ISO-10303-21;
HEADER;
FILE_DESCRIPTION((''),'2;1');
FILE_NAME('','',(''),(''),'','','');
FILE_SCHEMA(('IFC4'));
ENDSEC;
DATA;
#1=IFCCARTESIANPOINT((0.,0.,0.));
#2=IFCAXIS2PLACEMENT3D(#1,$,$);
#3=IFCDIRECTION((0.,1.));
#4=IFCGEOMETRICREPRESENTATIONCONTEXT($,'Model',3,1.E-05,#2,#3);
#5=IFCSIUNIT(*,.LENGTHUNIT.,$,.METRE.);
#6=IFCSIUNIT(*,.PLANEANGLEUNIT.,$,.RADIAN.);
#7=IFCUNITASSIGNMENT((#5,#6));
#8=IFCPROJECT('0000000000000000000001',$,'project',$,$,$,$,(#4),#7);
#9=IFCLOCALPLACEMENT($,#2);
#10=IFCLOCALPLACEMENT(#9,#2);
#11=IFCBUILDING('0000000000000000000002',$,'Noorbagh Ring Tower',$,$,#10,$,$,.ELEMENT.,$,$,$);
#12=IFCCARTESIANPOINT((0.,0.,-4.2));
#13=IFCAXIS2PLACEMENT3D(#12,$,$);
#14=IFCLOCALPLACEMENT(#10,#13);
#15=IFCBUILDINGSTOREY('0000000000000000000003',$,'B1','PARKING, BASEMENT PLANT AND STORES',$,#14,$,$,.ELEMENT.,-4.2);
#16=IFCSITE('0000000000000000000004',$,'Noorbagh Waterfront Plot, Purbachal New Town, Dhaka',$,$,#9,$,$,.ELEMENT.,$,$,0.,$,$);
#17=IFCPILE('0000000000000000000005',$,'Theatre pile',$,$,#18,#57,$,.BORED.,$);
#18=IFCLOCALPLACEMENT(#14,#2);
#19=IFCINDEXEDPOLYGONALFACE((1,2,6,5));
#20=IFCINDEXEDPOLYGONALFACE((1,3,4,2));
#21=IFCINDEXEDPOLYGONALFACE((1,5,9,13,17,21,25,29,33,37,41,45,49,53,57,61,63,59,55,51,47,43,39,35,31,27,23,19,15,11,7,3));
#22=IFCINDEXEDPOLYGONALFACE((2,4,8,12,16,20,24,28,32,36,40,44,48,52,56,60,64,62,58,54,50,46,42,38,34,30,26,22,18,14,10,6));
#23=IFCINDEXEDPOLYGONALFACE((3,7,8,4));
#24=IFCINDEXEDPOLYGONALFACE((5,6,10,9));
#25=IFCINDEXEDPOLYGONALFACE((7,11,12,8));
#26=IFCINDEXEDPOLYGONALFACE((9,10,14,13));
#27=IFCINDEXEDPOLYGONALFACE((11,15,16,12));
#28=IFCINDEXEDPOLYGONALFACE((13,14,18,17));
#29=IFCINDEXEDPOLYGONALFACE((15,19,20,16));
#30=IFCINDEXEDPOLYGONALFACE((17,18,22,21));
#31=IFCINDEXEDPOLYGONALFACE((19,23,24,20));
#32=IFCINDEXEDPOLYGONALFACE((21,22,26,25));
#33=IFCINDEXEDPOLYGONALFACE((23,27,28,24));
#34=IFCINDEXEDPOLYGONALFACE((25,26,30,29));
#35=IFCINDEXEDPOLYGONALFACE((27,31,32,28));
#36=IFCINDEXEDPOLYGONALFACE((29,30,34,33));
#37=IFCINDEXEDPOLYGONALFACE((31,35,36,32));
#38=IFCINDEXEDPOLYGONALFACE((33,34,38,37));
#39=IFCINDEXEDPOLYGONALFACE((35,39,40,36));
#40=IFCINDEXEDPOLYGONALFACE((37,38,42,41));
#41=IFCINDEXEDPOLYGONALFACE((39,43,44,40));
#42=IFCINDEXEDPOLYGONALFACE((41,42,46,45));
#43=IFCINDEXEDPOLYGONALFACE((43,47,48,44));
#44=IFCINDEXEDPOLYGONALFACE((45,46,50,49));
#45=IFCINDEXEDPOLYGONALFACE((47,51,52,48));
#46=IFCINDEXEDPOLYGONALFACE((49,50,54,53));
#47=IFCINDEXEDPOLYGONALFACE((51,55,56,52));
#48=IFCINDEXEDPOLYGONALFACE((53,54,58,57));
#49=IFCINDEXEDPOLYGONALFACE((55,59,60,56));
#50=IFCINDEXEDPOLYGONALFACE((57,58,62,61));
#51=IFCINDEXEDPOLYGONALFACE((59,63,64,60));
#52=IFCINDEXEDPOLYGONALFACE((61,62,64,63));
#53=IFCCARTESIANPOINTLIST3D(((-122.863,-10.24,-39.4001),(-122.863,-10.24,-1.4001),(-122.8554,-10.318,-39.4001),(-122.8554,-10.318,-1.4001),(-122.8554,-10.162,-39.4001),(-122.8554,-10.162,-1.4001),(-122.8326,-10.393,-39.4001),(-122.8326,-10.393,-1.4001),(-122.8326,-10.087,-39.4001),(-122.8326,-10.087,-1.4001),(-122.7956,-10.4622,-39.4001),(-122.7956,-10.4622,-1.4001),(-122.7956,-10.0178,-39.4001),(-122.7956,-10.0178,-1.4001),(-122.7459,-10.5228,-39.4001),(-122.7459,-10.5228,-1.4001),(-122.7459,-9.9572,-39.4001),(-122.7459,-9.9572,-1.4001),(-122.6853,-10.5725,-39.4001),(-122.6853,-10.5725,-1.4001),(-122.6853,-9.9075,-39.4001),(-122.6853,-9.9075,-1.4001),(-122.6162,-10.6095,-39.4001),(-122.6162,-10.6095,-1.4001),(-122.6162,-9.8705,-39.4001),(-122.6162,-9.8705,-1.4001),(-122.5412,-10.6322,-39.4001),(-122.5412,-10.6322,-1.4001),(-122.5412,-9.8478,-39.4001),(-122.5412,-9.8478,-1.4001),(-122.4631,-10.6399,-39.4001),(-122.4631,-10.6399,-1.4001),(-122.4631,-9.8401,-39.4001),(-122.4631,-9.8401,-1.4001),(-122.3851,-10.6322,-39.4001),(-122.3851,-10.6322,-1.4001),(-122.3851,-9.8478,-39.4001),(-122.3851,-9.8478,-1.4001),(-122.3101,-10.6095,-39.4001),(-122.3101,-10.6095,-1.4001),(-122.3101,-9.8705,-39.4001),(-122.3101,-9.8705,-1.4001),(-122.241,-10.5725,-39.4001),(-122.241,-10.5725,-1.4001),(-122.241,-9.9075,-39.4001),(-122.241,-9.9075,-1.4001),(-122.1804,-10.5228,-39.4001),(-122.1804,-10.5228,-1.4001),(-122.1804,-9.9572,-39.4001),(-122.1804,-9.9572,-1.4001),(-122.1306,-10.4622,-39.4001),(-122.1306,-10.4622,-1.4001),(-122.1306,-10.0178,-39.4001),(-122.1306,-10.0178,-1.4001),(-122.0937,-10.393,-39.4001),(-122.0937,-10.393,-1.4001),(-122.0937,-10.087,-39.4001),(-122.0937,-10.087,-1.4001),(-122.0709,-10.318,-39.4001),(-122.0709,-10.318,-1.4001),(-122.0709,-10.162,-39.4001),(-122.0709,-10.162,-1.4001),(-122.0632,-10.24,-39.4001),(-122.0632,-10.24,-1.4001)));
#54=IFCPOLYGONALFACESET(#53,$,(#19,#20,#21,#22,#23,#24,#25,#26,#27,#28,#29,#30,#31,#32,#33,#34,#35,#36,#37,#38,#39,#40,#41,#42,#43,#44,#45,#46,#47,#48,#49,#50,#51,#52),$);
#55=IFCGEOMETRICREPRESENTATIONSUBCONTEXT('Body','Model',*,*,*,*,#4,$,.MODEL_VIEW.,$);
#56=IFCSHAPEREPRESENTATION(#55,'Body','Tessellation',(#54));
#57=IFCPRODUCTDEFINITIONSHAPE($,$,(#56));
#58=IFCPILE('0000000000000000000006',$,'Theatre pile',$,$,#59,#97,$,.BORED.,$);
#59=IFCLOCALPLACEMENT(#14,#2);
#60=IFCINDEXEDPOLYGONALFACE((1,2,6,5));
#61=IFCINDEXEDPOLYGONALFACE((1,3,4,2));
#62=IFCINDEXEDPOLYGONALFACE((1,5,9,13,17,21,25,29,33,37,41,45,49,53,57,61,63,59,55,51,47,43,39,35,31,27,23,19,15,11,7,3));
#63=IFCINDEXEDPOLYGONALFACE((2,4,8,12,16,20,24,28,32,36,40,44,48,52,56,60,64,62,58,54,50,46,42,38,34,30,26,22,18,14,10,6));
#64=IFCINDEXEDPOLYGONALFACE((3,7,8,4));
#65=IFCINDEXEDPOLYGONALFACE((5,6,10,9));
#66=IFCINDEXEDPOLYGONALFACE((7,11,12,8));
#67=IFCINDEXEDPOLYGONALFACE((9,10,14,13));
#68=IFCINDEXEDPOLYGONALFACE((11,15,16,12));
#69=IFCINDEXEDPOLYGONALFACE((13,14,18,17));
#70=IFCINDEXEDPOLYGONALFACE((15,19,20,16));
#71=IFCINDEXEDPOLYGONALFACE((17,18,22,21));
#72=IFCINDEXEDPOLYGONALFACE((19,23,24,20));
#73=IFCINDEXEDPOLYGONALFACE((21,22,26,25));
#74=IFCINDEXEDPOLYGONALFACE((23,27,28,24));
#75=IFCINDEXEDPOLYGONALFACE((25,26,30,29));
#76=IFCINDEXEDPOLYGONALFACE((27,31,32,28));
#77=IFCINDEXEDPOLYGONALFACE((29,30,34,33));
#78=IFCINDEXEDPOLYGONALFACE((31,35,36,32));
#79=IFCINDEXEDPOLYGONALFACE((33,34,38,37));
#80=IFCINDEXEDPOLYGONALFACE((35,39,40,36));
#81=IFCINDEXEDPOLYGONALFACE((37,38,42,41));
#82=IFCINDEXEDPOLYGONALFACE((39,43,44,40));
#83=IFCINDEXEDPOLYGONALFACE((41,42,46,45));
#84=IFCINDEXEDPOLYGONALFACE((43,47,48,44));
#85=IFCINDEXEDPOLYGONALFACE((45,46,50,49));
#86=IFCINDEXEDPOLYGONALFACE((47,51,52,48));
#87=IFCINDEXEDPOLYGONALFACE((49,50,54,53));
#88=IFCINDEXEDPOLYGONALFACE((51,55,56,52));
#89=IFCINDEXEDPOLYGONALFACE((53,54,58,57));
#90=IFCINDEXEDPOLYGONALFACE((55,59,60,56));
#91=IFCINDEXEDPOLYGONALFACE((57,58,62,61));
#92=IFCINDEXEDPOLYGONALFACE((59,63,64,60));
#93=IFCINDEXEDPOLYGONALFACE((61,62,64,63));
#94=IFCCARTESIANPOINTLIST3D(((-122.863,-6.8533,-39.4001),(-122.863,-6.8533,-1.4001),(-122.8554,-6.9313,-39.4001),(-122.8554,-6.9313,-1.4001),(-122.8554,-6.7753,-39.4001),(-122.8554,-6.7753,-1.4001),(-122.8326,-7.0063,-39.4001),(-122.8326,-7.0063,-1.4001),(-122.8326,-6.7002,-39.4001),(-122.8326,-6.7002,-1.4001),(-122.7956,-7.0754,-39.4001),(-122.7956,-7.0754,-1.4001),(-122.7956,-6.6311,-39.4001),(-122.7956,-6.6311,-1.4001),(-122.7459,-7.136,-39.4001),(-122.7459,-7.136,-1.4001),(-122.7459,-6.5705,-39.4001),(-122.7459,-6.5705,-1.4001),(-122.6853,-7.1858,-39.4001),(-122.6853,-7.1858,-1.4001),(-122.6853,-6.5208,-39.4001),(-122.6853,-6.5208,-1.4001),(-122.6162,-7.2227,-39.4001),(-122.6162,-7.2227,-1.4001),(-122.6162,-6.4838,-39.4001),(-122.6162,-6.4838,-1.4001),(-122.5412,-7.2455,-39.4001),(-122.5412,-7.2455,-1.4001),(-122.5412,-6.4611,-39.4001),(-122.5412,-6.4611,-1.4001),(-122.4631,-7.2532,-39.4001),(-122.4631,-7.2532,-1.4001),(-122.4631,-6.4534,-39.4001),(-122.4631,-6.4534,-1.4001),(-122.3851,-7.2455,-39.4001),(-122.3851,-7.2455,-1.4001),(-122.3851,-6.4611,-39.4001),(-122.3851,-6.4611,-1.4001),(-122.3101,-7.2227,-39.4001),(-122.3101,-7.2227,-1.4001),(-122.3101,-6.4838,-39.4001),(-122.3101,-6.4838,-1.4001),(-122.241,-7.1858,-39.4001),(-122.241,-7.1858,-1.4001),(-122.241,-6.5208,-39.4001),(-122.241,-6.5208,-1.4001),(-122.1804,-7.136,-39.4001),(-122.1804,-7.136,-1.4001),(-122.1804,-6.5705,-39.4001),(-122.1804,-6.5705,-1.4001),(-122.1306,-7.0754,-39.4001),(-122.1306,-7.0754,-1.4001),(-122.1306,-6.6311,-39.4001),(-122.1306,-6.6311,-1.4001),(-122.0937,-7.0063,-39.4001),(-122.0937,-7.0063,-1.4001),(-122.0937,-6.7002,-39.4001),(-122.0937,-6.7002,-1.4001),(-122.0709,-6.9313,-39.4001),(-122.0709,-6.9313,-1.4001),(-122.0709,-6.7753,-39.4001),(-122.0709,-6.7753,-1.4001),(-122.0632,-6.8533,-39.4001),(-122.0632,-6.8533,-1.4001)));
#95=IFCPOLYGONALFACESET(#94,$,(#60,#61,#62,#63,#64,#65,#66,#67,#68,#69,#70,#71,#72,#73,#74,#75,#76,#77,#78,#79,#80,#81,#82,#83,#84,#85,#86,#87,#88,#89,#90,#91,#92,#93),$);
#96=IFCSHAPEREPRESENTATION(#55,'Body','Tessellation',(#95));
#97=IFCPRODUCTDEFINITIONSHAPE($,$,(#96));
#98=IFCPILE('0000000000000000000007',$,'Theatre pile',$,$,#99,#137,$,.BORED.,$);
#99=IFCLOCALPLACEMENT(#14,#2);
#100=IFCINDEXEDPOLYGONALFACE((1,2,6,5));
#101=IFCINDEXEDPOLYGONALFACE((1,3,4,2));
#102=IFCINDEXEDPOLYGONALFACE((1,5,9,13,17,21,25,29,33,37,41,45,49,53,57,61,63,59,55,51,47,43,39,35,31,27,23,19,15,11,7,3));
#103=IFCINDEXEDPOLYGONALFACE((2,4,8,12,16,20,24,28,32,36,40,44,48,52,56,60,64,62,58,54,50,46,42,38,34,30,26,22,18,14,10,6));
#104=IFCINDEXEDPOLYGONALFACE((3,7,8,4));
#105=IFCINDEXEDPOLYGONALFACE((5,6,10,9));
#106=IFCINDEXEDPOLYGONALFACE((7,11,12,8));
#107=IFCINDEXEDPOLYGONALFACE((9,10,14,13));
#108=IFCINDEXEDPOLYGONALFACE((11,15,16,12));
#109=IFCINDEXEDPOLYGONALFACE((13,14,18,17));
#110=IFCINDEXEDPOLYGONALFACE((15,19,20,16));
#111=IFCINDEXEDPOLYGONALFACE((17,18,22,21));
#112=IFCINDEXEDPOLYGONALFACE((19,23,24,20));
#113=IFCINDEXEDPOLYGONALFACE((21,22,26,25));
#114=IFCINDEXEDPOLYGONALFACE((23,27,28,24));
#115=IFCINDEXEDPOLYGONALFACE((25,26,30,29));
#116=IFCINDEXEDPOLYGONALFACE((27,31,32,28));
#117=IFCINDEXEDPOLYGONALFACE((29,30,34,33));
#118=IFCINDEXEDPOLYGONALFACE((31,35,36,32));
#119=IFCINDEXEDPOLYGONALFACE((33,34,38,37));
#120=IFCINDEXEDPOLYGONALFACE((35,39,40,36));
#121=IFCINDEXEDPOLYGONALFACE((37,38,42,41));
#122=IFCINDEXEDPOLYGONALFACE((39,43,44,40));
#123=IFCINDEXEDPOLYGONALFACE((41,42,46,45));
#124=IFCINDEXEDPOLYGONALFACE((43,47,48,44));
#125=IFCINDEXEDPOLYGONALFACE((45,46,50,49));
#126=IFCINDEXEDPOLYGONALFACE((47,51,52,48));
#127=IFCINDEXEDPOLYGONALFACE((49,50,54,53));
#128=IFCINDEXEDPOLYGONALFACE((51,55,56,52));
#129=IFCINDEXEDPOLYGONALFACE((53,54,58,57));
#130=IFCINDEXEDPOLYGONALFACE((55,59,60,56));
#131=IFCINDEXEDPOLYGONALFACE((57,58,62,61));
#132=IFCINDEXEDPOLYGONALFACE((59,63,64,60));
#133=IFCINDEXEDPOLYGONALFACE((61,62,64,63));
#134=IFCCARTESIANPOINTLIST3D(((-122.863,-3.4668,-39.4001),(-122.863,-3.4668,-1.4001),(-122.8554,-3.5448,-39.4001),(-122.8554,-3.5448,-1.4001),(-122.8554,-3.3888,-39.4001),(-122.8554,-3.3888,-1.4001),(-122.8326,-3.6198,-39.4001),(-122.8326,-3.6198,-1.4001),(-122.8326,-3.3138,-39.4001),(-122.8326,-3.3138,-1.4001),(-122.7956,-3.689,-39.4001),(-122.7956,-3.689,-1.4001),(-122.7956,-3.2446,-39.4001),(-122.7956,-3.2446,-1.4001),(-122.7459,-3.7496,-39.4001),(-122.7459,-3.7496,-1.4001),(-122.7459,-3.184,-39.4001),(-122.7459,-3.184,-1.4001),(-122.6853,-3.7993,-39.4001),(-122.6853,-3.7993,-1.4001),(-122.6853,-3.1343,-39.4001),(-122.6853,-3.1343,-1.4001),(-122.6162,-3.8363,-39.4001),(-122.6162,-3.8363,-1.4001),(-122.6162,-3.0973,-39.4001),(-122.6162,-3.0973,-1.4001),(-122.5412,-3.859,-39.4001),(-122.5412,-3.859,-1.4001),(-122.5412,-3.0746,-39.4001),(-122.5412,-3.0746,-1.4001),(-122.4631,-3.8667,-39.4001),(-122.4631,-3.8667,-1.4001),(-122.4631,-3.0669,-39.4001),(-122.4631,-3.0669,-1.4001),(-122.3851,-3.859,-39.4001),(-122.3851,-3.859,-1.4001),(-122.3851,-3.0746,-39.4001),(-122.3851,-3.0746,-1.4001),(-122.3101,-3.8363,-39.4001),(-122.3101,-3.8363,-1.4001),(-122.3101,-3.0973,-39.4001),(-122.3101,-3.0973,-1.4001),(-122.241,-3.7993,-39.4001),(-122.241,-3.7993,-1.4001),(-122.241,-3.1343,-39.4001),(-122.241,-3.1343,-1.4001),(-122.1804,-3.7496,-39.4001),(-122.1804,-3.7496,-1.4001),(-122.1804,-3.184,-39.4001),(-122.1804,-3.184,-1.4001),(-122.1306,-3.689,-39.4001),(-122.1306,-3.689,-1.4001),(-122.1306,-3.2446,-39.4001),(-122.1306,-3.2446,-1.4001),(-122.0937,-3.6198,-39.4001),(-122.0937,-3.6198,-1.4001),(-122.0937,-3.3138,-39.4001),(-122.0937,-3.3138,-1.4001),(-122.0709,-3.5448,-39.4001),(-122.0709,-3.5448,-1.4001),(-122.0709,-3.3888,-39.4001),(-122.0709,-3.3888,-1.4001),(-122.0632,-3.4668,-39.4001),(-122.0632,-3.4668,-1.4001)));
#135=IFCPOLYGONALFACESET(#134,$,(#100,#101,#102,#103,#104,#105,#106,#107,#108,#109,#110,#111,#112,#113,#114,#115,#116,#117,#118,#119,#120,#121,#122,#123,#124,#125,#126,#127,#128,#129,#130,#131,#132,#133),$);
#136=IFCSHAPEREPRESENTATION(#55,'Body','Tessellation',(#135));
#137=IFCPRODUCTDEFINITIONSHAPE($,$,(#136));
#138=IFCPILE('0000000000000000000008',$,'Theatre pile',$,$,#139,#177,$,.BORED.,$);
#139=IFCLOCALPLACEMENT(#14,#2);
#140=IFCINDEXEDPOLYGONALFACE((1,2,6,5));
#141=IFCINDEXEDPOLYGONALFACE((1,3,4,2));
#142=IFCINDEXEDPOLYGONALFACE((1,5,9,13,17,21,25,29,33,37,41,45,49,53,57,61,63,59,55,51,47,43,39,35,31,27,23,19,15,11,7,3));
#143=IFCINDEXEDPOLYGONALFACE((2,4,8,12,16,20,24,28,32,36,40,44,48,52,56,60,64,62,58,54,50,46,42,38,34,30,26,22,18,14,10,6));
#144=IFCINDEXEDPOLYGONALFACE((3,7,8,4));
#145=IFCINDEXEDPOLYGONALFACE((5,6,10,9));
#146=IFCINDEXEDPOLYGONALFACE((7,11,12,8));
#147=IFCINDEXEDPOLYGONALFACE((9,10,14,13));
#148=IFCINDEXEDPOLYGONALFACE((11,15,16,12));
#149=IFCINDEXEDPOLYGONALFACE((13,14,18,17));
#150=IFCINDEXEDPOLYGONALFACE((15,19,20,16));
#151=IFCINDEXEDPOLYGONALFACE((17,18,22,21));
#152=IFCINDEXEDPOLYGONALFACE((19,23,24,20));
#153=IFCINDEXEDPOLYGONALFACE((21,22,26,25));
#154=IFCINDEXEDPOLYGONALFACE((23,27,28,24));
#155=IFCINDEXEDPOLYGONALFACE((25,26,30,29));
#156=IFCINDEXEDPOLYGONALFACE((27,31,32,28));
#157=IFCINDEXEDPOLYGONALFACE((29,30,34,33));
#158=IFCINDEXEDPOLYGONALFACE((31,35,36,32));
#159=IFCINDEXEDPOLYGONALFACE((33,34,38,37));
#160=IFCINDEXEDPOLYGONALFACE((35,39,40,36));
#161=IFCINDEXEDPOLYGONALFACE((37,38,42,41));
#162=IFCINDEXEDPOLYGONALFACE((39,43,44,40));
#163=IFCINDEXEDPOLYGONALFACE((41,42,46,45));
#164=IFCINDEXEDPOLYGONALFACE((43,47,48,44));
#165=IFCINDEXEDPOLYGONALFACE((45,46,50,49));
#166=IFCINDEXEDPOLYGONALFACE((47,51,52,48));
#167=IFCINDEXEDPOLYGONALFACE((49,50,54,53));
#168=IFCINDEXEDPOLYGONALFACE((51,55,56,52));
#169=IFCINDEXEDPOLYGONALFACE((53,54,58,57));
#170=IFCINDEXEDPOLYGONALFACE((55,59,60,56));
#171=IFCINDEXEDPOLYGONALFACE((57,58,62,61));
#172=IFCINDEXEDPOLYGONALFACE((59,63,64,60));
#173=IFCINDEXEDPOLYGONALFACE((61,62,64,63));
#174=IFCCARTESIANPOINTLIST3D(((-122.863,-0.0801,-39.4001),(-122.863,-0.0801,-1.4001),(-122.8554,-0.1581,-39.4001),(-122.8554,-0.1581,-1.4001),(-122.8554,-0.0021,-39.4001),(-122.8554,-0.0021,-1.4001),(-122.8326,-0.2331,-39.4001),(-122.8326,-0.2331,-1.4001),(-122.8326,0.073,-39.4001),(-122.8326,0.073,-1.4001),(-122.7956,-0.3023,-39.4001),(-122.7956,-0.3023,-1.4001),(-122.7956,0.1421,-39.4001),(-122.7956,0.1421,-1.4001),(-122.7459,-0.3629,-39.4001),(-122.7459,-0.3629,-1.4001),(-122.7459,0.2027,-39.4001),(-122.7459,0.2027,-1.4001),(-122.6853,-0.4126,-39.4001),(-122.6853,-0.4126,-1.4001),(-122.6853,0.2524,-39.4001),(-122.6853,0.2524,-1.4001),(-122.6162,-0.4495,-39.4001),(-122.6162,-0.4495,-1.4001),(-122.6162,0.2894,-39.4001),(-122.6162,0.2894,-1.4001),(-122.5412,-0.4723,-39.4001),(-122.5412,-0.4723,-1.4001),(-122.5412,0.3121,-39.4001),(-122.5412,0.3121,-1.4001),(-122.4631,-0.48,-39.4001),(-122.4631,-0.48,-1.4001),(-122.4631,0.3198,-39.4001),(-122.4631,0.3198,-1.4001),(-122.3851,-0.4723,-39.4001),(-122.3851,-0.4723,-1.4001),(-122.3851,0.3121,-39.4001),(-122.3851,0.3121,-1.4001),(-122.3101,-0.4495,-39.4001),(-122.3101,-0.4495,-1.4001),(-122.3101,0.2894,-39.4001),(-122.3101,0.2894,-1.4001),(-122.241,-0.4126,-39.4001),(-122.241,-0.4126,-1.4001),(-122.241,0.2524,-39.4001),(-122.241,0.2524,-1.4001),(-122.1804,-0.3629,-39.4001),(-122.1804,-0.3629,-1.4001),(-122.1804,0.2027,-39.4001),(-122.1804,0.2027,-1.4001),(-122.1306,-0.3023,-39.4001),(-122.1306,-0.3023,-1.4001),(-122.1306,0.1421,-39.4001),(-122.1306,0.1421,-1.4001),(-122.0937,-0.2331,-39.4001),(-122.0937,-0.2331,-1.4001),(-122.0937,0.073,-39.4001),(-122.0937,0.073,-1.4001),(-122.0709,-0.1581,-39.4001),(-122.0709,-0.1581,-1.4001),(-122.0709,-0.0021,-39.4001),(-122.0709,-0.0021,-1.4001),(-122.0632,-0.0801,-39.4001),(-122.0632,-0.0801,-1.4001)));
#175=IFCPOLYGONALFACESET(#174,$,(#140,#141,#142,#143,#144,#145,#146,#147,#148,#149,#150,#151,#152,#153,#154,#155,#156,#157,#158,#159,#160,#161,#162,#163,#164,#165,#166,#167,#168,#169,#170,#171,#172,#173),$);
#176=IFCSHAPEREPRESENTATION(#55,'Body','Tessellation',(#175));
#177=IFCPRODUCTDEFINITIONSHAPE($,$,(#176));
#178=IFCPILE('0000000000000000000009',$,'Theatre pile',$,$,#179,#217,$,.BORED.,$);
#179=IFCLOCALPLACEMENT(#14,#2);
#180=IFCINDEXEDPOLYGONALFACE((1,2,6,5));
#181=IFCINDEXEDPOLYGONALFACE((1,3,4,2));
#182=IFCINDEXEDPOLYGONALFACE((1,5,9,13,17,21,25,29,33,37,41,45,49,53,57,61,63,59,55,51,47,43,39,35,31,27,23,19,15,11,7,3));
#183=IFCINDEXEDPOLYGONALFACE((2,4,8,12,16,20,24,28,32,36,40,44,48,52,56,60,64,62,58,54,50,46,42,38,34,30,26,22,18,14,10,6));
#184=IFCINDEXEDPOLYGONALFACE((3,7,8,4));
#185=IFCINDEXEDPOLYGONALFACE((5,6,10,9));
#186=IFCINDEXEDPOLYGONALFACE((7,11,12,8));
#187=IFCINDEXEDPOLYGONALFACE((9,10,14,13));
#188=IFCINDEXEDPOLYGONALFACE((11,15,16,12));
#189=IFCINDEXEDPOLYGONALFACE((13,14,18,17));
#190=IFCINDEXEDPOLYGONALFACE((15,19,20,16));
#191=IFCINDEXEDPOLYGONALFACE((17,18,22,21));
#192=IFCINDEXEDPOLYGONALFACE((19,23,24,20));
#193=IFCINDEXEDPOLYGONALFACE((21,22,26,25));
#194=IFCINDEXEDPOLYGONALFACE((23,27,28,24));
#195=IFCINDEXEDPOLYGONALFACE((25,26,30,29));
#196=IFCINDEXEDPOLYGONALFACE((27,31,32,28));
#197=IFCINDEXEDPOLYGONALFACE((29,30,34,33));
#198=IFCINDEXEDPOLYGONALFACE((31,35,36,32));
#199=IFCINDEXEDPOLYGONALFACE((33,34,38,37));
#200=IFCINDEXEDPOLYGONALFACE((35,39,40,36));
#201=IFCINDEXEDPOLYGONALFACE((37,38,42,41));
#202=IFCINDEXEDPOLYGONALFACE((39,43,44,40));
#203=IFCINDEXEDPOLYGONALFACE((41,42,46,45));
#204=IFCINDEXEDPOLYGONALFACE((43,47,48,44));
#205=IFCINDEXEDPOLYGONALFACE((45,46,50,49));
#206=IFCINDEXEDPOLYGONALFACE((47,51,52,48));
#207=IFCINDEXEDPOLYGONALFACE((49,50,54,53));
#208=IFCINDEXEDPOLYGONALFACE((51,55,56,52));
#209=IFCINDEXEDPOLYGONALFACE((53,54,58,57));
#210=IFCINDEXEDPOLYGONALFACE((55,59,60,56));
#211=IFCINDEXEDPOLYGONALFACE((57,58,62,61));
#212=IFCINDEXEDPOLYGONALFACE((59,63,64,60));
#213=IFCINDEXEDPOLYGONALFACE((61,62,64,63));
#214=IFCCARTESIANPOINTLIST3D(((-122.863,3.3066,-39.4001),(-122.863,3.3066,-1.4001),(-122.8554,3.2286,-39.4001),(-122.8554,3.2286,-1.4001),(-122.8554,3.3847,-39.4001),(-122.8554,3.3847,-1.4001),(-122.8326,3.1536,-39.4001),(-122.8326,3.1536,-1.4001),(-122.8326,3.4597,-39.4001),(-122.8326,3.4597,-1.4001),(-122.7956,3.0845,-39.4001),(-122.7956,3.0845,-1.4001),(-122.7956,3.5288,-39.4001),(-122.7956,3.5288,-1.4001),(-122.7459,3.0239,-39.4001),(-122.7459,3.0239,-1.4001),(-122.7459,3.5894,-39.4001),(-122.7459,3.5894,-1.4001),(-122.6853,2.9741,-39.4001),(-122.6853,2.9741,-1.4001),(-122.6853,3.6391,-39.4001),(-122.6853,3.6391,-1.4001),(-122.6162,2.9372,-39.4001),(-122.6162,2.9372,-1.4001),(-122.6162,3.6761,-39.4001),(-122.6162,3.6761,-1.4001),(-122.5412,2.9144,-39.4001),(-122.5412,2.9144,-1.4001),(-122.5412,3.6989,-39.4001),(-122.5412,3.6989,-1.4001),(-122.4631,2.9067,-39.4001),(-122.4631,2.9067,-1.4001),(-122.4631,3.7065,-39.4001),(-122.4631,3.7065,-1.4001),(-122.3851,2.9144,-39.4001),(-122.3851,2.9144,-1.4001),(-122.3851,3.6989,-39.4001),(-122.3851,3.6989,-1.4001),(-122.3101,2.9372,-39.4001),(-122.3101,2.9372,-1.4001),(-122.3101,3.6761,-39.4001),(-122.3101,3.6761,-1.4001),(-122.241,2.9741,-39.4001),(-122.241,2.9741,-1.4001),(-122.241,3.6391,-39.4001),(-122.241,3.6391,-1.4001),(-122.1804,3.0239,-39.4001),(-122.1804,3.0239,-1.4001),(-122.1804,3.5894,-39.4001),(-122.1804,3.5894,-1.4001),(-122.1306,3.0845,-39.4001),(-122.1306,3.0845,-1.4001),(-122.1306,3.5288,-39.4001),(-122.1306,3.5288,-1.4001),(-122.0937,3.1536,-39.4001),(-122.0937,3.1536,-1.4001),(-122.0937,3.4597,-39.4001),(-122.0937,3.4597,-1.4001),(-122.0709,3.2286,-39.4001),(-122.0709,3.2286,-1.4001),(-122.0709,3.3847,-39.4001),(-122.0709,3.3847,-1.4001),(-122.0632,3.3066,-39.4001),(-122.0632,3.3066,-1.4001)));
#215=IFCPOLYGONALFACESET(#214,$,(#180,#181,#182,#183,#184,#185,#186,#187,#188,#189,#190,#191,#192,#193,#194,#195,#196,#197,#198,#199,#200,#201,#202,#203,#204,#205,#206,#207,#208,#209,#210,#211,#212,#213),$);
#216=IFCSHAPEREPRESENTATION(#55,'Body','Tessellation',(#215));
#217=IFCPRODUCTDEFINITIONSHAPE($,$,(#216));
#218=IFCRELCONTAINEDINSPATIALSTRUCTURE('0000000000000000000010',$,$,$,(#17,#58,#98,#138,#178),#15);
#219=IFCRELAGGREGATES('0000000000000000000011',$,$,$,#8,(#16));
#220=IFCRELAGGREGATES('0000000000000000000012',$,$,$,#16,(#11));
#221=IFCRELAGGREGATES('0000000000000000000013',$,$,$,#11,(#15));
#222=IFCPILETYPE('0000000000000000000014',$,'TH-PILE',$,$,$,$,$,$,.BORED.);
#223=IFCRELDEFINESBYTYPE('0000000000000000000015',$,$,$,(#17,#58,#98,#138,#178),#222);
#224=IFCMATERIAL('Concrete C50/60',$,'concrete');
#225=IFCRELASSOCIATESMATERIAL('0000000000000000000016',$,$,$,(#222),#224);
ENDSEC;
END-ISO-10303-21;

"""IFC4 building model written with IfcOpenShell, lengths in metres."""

from ifc_helpers import new_model, si_unit, direction, frame, origin, origin_2d, place, context, subcontext, project, spatial, circle, extrude, material, material_profile, profile_set, type_object, element, save


model = new_model("IFC4")

# Units and contexts
model_context = context("Model", 3, precision=1e-05, world=origin(), true_north=direction((0.0, 1.0)))
body_context = subcontext(model_context, "Body", "Model", "MODEL_VIEW")
ifc_project = project(units=[si_unit("LENGTHUNIT", "METRE"), si_unit("PLANEANGLEUNIT", "RADIAN")], contexts=[model_context])

# Site, building, storey
site_placement = place(None, origin())
site = spatial("IfcSite", under=ifc_project, at=site_placement, Name="Noorbagh Waterfront Plot, Purbachal New Town, Dhaka", CompositionType="ELEMENT", RefElevation=0.0)
building_placement = place(site_placement, origin())
building = spatial("IfcBuilding", under=site, at=building_placement, Name="Noorbagh Ring Tower", CompositionType="ELEMENT")
storey_placement = place(building_placement, frame((0.0, 0.0, -4.2)))
storey = spatial("IfcBuildingStorey", under=building, at=storey_placement, Name="B1", Description="PARKING, BASEMENT PLANT AND STORES", CompositionType="ELEMENT", Elevation=-4.2)

# Piles
ifc_material_1 = material(Name="Concrete C50/60", Category="concrete")
ifc_material_profile = material_profile(ifc_material_1, circle(Radius=0.3999, at=origin_2d()), Name="PILE800")
ifc_profile_set = profile_set([ifc_material_profile], Name="Concrete C50/60")
pile_type = type_object("IfcPileType", Name="TH-PILE", PredefinedType="BORED", material=ifc_profile_set)
for number, where, z_axis, x_axis, name in (
    (1, (-122.4631, -10.24, -1.4001), (0.0, 0.0, -1.0), (1.0, 0.0, 0.0), "Theatre pile"),
    (2, (-122.4631, -6.8533, -1.4001), (0.0, 0.0, -1.0), (1.0, 0.0, 0.0), "Theatre pile"),
    (3, (-122.4631, -3.4668, -1.4001), (0.0, 0.0, -1.0), (1.0, 0.0, 0.0), "Theatre pile"),
    (4, (-122.4631, -0.0801, -1.4001), (0.0, 0.0, -1.0), (1.0, 0.0, 0.0), "Theatre pile"),
    (5, (-122.4631, 3.3066, -1.4001), (0.0, 0.0, -1.0), (1.0, 0.0, 0.0), "Theatre pile"),
):
    element("IfcPile", number, at=place(storey_placement, frame(where, z_axis=z_axis, x_axis=x_axis)), inside=storey, type_object=pile_type, Name=name, PredefinedType="BORED", context=body_context, shape_type="SweptSolid", body=[
        extrude(circle(Radius=0.3999, at=origin_2d()), origin(), (0.0, 0.0, 1.0), 38.0),
    ])

save(model, "model.ifc")
